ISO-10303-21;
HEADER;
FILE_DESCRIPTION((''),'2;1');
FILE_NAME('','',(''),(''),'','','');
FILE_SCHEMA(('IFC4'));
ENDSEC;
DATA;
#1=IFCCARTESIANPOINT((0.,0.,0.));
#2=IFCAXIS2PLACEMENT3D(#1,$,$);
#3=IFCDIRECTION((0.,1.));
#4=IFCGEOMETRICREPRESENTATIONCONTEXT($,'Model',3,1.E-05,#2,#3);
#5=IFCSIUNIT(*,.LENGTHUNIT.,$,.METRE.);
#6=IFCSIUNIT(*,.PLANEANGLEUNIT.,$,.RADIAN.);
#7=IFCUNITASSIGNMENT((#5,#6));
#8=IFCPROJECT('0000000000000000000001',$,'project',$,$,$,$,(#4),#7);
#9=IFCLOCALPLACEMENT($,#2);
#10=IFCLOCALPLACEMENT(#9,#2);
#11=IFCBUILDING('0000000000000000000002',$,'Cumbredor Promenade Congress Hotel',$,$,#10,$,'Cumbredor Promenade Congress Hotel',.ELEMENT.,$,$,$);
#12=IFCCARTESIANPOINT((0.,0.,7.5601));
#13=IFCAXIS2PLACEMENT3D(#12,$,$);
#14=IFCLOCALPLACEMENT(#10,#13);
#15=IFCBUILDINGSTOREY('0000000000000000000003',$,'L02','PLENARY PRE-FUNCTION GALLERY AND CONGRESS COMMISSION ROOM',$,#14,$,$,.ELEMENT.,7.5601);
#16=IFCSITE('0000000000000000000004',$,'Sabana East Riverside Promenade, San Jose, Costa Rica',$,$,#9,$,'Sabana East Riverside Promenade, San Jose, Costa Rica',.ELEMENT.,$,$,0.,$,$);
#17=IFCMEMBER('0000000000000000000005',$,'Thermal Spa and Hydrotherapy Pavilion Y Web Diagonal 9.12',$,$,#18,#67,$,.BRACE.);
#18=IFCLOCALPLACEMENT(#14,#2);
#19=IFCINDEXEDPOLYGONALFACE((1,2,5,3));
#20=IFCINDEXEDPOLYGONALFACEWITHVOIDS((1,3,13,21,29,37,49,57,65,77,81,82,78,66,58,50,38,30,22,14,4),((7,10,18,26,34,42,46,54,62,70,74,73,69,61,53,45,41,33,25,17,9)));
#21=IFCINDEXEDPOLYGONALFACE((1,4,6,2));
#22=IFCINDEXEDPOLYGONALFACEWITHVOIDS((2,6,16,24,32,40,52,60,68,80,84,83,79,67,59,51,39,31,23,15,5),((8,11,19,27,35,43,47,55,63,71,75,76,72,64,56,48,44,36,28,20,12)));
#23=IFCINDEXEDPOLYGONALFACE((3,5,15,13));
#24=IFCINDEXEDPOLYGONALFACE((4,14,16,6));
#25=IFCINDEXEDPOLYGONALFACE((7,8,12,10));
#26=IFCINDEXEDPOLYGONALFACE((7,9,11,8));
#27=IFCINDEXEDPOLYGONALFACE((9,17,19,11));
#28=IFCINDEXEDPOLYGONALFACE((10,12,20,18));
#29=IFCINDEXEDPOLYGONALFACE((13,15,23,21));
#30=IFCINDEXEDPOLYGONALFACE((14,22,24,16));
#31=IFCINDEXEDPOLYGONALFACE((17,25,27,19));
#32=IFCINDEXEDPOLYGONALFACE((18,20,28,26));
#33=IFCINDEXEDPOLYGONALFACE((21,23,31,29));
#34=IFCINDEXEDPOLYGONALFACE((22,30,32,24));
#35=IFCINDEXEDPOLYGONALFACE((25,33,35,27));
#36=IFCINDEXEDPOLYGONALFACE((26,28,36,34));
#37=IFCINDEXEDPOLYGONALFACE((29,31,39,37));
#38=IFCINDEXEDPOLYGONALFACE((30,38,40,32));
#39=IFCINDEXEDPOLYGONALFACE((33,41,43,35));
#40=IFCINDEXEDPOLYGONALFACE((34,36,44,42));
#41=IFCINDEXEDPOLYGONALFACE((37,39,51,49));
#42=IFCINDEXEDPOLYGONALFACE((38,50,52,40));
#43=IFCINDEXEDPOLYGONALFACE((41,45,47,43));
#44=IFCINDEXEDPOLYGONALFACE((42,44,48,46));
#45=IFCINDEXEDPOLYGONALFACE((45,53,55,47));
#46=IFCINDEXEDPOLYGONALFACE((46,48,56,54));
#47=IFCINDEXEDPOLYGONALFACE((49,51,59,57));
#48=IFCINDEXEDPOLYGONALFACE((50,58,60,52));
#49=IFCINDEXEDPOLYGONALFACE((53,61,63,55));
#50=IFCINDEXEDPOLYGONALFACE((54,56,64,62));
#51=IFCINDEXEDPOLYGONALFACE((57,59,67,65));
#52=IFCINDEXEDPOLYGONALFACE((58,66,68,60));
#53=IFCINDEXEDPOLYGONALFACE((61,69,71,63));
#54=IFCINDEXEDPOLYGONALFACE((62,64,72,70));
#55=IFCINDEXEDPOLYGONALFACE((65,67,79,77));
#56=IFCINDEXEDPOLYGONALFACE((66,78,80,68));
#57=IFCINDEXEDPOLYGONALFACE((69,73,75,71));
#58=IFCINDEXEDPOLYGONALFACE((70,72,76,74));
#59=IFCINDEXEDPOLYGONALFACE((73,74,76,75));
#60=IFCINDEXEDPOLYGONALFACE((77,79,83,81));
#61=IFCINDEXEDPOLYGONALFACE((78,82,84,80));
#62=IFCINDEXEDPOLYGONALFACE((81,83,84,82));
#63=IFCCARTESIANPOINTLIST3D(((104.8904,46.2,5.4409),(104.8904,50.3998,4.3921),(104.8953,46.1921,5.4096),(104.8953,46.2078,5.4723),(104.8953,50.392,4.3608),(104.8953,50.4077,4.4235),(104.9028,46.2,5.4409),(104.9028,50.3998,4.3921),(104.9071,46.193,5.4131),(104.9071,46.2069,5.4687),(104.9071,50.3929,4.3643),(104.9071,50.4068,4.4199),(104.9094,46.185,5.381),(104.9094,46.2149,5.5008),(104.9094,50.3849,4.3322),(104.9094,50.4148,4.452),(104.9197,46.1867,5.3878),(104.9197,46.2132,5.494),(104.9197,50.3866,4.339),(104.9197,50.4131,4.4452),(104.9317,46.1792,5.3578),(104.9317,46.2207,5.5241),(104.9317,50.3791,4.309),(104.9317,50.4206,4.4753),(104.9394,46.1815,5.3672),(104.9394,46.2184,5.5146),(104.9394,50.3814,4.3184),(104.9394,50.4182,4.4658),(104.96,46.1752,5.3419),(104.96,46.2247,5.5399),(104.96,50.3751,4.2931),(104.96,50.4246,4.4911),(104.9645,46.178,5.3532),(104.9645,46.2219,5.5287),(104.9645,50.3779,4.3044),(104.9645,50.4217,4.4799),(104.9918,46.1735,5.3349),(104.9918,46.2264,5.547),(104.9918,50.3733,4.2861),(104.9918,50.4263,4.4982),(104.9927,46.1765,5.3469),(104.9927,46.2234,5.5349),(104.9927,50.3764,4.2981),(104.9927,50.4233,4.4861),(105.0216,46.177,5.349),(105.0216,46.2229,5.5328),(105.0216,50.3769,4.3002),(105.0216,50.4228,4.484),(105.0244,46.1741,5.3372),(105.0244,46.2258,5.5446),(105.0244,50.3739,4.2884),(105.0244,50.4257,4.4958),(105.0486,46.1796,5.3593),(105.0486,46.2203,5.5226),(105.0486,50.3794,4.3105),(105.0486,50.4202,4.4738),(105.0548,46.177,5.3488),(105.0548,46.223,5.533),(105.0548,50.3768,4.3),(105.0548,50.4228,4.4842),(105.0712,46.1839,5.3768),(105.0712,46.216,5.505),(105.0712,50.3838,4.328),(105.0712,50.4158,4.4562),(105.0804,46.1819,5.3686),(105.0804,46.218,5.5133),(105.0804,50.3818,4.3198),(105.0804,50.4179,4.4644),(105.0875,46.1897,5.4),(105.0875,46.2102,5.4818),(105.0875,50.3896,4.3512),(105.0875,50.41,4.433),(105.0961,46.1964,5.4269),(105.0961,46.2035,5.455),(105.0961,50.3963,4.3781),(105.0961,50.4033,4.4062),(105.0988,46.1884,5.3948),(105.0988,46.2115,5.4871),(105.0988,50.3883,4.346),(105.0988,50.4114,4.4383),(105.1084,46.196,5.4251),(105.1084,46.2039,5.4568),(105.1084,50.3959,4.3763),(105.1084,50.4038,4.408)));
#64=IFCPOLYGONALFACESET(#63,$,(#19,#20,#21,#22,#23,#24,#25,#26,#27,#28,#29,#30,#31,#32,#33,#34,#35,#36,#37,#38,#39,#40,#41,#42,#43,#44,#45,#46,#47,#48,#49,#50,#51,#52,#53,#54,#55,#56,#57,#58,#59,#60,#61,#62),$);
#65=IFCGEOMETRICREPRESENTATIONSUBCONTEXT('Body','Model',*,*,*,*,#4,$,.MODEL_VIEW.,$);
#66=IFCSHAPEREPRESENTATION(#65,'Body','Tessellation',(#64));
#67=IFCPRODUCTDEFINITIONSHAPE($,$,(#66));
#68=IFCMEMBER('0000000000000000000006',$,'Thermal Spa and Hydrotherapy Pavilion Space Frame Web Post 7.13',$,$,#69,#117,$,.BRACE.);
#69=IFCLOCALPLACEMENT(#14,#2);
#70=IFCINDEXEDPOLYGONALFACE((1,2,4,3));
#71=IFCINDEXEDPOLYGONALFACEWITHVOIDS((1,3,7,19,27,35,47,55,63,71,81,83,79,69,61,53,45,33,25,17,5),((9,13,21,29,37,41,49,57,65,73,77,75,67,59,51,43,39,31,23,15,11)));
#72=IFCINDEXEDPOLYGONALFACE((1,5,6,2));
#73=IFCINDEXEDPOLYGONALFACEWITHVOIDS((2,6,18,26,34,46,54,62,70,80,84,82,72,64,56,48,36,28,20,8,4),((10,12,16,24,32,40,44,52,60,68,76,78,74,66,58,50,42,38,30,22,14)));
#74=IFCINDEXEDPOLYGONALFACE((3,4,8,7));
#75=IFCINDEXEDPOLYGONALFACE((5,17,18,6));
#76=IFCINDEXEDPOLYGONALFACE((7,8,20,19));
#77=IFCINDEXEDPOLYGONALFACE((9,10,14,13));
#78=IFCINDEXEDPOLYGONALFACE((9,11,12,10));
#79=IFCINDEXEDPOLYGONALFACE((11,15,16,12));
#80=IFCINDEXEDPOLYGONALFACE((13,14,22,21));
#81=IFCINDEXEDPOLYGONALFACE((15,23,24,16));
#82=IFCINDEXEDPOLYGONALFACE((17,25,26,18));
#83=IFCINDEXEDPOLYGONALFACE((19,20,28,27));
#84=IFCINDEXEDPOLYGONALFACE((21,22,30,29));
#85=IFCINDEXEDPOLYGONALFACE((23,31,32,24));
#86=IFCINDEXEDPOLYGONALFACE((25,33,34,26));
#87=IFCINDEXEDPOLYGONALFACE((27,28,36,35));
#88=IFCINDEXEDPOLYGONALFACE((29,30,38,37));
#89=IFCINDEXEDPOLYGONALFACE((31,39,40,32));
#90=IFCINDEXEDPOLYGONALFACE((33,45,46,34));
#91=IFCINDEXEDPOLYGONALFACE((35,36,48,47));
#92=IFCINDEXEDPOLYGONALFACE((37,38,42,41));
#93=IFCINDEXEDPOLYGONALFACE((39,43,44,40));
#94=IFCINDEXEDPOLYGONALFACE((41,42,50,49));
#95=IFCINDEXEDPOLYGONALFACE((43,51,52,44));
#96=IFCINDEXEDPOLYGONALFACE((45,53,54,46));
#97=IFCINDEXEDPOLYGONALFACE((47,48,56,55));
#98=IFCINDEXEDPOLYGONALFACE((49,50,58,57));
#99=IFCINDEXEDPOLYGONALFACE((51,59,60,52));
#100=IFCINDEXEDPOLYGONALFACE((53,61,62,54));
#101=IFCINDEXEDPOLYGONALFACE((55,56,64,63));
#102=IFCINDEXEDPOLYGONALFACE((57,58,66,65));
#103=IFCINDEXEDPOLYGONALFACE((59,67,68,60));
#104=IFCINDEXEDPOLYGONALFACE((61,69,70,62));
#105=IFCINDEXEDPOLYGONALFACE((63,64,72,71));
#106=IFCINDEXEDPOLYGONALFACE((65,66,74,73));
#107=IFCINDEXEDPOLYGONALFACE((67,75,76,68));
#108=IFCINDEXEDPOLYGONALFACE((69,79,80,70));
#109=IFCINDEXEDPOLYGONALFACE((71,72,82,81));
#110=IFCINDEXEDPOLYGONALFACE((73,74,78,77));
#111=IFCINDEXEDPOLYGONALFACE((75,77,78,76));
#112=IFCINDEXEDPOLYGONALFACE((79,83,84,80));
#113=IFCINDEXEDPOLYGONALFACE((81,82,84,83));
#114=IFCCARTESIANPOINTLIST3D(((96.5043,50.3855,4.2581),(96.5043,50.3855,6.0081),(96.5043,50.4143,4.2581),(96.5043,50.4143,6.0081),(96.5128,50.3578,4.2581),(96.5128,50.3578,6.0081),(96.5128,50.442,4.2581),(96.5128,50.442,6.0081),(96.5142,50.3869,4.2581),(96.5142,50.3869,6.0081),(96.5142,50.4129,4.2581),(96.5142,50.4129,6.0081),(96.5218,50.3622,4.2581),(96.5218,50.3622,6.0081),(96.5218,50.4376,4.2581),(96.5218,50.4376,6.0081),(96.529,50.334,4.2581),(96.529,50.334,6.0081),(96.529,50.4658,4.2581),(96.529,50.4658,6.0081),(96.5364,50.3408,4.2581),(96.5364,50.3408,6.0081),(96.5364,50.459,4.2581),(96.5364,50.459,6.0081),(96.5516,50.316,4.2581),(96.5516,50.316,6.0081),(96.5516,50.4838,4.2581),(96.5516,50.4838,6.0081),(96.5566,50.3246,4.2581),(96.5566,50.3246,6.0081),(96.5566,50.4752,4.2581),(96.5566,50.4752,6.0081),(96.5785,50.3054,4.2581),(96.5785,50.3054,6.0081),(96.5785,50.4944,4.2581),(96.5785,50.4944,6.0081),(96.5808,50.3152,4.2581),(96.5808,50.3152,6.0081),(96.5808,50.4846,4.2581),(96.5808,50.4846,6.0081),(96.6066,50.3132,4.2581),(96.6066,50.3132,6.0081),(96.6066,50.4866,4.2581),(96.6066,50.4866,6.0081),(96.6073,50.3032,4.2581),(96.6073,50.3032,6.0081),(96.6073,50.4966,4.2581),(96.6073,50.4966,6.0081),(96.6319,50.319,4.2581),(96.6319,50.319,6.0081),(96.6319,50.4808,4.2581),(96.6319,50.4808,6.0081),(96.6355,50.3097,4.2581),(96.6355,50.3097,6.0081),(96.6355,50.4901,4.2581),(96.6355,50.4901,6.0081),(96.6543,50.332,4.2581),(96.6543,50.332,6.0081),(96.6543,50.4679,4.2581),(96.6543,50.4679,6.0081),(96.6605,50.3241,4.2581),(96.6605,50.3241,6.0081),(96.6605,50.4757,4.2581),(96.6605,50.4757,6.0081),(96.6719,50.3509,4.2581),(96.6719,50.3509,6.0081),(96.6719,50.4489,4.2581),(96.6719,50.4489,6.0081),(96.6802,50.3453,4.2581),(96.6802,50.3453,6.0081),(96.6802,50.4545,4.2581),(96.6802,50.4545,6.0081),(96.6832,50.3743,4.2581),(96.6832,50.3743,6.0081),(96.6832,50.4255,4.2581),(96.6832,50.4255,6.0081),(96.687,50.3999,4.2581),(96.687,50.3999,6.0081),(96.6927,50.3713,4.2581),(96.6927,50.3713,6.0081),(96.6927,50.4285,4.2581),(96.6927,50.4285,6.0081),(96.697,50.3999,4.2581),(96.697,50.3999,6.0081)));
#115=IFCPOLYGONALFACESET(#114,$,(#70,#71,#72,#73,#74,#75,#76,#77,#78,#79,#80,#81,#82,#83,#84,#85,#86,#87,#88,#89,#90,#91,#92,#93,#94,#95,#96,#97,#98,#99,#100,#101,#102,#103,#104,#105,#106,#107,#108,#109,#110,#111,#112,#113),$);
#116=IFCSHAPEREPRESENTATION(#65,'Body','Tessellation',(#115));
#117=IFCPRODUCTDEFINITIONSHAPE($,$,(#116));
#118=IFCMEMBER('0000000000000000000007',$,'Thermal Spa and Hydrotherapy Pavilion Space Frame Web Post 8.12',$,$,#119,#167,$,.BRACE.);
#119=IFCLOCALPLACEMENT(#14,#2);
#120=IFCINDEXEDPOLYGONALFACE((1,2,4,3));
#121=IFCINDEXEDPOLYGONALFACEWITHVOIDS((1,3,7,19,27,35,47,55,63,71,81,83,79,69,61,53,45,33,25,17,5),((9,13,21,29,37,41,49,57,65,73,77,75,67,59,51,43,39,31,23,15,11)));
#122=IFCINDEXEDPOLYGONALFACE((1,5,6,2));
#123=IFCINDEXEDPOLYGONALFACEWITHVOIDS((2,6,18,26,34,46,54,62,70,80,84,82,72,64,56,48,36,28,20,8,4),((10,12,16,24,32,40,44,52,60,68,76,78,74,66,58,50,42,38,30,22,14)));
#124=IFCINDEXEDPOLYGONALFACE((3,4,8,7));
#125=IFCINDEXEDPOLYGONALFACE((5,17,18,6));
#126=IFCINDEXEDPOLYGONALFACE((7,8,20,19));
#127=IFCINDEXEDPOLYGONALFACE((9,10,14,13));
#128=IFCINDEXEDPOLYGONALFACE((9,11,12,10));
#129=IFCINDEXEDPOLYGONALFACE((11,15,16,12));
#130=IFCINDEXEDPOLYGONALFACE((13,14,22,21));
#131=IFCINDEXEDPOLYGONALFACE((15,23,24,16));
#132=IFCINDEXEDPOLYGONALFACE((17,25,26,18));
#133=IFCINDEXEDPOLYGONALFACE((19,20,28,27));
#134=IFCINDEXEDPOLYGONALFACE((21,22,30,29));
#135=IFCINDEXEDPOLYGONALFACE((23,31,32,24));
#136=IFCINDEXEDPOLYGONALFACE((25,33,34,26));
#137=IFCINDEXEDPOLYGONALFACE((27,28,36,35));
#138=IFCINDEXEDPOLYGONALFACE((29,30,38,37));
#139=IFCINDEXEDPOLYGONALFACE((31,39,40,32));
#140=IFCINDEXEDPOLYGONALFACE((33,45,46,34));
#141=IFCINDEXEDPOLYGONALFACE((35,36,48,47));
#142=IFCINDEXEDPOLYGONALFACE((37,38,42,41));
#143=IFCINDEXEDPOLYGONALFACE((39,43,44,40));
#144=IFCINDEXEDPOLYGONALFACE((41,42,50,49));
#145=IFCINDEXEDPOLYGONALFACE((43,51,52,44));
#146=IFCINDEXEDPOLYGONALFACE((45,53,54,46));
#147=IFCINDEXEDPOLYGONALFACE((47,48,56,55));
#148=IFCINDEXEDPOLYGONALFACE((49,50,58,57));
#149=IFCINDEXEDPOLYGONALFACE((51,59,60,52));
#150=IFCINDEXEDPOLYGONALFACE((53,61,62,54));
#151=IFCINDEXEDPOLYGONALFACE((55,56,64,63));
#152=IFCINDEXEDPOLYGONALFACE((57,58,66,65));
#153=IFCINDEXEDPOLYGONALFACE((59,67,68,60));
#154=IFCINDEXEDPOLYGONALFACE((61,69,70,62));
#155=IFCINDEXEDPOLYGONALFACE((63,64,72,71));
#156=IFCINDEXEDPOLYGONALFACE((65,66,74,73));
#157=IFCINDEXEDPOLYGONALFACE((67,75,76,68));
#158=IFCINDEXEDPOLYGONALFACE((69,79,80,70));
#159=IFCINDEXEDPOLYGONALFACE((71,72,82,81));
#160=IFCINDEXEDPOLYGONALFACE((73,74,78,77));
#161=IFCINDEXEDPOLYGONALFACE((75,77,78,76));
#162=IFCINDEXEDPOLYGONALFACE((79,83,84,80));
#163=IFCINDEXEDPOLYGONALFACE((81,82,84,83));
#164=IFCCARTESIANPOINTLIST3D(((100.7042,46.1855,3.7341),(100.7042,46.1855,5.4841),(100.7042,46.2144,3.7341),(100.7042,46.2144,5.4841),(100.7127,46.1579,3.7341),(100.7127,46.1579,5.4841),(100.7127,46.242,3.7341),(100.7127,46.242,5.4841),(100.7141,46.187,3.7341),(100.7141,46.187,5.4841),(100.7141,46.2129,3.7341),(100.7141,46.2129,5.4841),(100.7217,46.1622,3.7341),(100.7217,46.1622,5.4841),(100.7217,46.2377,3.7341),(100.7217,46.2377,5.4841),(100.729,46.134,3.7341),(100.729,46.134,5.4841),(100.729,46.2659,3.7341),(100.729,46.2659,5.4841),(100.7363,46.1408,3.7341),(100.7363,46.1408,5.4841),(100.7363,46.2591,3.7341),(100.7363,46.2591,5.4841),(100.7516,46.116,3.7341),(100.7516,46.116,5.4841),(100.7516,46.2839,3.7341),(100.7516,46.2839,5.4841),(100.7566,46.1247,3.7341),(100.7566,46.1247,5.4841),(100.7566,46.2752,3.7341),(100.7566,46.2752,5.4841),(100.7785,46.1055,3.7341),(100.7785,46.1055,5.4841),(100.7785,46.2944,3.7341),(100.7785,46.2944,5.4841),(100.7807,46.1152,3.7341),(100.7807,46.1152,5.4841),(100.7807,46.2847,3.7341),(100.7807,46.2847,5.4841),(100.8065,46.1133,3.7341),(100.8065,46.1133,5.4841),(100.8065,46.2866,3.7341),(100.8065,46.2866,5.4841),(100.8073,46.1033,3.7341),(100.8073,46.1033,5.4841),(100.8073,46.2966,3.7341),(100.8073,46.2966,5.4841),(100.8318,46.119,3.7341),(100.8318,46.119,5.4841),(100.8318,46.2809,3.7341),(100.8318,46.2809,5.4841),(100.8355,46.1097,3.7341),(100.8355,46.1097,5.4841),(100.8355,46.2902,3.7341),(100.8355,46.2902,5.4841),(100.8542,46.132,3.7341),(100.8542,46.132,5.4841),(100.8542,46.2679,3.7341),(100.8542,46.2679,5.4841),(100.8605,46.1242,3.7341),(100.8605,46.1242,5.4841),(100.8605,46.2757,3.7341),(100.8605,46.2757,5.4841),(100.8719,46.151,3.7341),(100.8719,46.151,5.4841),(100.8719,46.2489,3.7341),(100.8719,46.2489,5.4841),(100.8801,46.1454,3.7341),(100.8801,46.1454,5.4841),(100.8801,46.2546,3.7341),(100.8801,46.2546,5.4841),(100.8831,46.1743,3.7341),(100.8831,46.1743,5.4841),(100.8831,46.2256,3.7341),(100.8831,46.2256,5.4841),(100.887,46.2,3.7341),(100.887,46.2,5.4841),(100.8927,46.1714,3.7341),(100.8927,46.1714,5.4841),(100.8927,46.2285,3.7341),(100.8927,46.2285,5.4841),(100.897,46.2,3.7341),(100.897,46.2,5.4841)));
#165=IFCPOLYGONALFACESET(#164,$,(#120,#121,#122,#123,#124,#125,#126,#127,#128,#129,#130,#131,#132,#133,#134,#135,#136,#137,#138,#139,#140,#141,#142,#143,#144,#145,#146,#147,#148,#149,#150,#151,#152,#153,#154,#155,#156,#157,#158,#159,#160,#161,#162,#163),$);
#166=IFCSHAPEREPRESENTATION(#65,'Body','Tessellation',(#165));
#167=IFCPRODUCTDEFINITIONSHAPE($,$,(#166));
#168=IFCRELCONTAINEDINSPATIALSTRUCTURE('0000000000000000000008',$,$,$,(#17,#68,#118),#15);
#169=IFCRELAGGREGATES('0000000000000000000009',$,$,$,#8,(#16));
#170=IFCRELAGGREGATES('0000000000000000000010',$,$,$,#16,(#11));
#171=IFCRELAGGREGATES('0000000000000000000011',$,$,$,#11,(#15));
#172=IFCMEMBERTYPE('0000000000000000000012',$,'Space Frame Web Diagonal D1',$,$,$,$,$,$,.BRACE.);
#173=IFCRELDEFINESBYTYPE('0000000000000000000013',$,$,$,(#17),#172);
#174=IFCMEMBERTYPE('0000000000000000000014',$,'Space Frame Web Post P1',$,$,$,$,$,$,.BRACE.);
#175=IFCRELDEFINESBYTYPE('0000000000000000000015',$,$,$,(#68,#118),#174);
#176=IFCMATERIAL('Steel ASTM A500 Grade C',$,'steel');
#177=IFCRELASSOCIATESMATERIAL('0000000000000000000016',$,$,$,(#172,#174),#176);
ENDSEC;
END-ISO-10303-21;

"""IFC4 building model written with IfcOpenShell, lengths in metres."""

from ifc_helpers import new_model, si_unit, direction, frame, origin, origin_2d, place, context, subcontext, project, spatial, hollow_circle, extrude, material, material_profile, profile_set, type_object, element, save


model = new_model("IFC4")

# Units and contexts
model_context = context("Model", 3, precision=1e-05, world=origin(), true_north=direction((0.0, 1.0)))
body_context = subcontext(model_context, "Body", "Model", "MODEL_VIEW")
ifc_project = project(units=[si_unit("LENGTHUNIT", "METRE"), si_unit("PLANEANGLEUNIT", "RADIAN")], contexts=[model_context])

# Site, building, storey
site_placement = place(None, origin())
site = spatial("IfcSite", under=ifc_project, at=site_placement, Name="Sabana East Riverside Promenade, San Jose, Costa Rica", LongName="Sabana East Riverside Promenade, San Jose, Costa Rica", CompositionType="ELEMENT", RefElevation=0.0)
building_placement = place(site_placement, origin())
building = spatial("IfcBuilding", under=site, at=building_placement, Name="Cumbredor Promenade Congress Hotel", LongName="Cumbredor Promenade Congress Hotel", CompositionType="ELEMENT")
storey_placement = place(building_placement, frame((0.0, 0.0, 7.5601)))
storey = spatial("IfcBuildingStorey", under=building, at=storey_placement, Name="L02", Description="PLENARY PRE-FUNCTION GALLERY AND CONGRESS COMMISSION ROOM", CompositionType="ELEMENT", Elevation=7.5601)

# Members
ifc_material_1 = material(Name="Steel ASTM A500 Grade C", Category="steel")
ifc_material_profile_1 = material_profile(ifc_material_1, hollow_circle(Radius=0.1096, WallThickness=0.0125, at=origin_2d()), Name="CHS 219.1x12.5")
ifc_profile_set_1 = profile_set([ifc_material_profile_1], Name="Steel ASTM A500 Grade C")
member_type_1 = type_object("IfcMemberType", Name="Space Frame Web Diagonal D1", PredefinedType="BRACE", material=ifc_profile_set_1)
member_1_placement = place(storey_placement, frame((105.0, 46.2, 5.4409), z_axis=(0.0, 0.970205, -0.242283), x_axis=(-1.0, 0.0, 0.0)))
element("IfcMember", 1, at=member_1_placement, inside=storey, type_object=member_type_1, Name="Thermal Spa and Hydrotherapy Pavilion Y Web Diagonal 9.12", PredefinedType="BRACE", context=body_context, shape_type="SweptSolid", body=[
    extrude(hollow_circle(Radius=0.1096, WallThickness=0.0125, at=origin_2d()), origin(), (0.0, 0.0, 1.0), 4.3289),
])
ifc_material_profile_2 = material_profile(ifc_material_1, hollow_circle(Radius=0.0969, WallThickness=0.01, at=origin_2d()), Name="CHS 193.7x10")
ifc_profile_set_2 = profile_set([ifc_material_profile_2], Name="Steel ASTM A500 Grade C")
member_type_2 = type_object("IfcMemberType", Name="Space Frame Web Post P1", PredefinedType="BRACE", material=ifc_profile_set_2)
for number, where, z_axis, x_axis, name in (
    (2, (96.6001, 50.3999, 4.2581), (0.0, 0.0, 1.0), (1.0, 0.0, 0.0), "Thermal Spa and Hydrotherapy Pavilion Space Frame Web Post 7.13"),
    (3, (100.8, 46.2, 3.7341), (0.0, 0.0, 1.0), (1.0, 0.0, 0.0), "Thermal Spa and Hydrotherapy Pavilion Space Frame Web Post 8.12"),
):
    element("IfcMember", number, at=place(storey_placement, frame(where, z_axis=z_axis, x_axis=x_axis)), inside=storey, type_object=member_type_2, Name=name, PredefinedType="BRACE", context=body_context, shape_type="SweptSolid", body=[
        extrude(hollow_circle(Radius=0.0969, WallThickness=0.01, at=origin_2d()), origin(), (0.0, 0.0, 1.0), 1.75),
    ])

save(model, "model.ifc")
